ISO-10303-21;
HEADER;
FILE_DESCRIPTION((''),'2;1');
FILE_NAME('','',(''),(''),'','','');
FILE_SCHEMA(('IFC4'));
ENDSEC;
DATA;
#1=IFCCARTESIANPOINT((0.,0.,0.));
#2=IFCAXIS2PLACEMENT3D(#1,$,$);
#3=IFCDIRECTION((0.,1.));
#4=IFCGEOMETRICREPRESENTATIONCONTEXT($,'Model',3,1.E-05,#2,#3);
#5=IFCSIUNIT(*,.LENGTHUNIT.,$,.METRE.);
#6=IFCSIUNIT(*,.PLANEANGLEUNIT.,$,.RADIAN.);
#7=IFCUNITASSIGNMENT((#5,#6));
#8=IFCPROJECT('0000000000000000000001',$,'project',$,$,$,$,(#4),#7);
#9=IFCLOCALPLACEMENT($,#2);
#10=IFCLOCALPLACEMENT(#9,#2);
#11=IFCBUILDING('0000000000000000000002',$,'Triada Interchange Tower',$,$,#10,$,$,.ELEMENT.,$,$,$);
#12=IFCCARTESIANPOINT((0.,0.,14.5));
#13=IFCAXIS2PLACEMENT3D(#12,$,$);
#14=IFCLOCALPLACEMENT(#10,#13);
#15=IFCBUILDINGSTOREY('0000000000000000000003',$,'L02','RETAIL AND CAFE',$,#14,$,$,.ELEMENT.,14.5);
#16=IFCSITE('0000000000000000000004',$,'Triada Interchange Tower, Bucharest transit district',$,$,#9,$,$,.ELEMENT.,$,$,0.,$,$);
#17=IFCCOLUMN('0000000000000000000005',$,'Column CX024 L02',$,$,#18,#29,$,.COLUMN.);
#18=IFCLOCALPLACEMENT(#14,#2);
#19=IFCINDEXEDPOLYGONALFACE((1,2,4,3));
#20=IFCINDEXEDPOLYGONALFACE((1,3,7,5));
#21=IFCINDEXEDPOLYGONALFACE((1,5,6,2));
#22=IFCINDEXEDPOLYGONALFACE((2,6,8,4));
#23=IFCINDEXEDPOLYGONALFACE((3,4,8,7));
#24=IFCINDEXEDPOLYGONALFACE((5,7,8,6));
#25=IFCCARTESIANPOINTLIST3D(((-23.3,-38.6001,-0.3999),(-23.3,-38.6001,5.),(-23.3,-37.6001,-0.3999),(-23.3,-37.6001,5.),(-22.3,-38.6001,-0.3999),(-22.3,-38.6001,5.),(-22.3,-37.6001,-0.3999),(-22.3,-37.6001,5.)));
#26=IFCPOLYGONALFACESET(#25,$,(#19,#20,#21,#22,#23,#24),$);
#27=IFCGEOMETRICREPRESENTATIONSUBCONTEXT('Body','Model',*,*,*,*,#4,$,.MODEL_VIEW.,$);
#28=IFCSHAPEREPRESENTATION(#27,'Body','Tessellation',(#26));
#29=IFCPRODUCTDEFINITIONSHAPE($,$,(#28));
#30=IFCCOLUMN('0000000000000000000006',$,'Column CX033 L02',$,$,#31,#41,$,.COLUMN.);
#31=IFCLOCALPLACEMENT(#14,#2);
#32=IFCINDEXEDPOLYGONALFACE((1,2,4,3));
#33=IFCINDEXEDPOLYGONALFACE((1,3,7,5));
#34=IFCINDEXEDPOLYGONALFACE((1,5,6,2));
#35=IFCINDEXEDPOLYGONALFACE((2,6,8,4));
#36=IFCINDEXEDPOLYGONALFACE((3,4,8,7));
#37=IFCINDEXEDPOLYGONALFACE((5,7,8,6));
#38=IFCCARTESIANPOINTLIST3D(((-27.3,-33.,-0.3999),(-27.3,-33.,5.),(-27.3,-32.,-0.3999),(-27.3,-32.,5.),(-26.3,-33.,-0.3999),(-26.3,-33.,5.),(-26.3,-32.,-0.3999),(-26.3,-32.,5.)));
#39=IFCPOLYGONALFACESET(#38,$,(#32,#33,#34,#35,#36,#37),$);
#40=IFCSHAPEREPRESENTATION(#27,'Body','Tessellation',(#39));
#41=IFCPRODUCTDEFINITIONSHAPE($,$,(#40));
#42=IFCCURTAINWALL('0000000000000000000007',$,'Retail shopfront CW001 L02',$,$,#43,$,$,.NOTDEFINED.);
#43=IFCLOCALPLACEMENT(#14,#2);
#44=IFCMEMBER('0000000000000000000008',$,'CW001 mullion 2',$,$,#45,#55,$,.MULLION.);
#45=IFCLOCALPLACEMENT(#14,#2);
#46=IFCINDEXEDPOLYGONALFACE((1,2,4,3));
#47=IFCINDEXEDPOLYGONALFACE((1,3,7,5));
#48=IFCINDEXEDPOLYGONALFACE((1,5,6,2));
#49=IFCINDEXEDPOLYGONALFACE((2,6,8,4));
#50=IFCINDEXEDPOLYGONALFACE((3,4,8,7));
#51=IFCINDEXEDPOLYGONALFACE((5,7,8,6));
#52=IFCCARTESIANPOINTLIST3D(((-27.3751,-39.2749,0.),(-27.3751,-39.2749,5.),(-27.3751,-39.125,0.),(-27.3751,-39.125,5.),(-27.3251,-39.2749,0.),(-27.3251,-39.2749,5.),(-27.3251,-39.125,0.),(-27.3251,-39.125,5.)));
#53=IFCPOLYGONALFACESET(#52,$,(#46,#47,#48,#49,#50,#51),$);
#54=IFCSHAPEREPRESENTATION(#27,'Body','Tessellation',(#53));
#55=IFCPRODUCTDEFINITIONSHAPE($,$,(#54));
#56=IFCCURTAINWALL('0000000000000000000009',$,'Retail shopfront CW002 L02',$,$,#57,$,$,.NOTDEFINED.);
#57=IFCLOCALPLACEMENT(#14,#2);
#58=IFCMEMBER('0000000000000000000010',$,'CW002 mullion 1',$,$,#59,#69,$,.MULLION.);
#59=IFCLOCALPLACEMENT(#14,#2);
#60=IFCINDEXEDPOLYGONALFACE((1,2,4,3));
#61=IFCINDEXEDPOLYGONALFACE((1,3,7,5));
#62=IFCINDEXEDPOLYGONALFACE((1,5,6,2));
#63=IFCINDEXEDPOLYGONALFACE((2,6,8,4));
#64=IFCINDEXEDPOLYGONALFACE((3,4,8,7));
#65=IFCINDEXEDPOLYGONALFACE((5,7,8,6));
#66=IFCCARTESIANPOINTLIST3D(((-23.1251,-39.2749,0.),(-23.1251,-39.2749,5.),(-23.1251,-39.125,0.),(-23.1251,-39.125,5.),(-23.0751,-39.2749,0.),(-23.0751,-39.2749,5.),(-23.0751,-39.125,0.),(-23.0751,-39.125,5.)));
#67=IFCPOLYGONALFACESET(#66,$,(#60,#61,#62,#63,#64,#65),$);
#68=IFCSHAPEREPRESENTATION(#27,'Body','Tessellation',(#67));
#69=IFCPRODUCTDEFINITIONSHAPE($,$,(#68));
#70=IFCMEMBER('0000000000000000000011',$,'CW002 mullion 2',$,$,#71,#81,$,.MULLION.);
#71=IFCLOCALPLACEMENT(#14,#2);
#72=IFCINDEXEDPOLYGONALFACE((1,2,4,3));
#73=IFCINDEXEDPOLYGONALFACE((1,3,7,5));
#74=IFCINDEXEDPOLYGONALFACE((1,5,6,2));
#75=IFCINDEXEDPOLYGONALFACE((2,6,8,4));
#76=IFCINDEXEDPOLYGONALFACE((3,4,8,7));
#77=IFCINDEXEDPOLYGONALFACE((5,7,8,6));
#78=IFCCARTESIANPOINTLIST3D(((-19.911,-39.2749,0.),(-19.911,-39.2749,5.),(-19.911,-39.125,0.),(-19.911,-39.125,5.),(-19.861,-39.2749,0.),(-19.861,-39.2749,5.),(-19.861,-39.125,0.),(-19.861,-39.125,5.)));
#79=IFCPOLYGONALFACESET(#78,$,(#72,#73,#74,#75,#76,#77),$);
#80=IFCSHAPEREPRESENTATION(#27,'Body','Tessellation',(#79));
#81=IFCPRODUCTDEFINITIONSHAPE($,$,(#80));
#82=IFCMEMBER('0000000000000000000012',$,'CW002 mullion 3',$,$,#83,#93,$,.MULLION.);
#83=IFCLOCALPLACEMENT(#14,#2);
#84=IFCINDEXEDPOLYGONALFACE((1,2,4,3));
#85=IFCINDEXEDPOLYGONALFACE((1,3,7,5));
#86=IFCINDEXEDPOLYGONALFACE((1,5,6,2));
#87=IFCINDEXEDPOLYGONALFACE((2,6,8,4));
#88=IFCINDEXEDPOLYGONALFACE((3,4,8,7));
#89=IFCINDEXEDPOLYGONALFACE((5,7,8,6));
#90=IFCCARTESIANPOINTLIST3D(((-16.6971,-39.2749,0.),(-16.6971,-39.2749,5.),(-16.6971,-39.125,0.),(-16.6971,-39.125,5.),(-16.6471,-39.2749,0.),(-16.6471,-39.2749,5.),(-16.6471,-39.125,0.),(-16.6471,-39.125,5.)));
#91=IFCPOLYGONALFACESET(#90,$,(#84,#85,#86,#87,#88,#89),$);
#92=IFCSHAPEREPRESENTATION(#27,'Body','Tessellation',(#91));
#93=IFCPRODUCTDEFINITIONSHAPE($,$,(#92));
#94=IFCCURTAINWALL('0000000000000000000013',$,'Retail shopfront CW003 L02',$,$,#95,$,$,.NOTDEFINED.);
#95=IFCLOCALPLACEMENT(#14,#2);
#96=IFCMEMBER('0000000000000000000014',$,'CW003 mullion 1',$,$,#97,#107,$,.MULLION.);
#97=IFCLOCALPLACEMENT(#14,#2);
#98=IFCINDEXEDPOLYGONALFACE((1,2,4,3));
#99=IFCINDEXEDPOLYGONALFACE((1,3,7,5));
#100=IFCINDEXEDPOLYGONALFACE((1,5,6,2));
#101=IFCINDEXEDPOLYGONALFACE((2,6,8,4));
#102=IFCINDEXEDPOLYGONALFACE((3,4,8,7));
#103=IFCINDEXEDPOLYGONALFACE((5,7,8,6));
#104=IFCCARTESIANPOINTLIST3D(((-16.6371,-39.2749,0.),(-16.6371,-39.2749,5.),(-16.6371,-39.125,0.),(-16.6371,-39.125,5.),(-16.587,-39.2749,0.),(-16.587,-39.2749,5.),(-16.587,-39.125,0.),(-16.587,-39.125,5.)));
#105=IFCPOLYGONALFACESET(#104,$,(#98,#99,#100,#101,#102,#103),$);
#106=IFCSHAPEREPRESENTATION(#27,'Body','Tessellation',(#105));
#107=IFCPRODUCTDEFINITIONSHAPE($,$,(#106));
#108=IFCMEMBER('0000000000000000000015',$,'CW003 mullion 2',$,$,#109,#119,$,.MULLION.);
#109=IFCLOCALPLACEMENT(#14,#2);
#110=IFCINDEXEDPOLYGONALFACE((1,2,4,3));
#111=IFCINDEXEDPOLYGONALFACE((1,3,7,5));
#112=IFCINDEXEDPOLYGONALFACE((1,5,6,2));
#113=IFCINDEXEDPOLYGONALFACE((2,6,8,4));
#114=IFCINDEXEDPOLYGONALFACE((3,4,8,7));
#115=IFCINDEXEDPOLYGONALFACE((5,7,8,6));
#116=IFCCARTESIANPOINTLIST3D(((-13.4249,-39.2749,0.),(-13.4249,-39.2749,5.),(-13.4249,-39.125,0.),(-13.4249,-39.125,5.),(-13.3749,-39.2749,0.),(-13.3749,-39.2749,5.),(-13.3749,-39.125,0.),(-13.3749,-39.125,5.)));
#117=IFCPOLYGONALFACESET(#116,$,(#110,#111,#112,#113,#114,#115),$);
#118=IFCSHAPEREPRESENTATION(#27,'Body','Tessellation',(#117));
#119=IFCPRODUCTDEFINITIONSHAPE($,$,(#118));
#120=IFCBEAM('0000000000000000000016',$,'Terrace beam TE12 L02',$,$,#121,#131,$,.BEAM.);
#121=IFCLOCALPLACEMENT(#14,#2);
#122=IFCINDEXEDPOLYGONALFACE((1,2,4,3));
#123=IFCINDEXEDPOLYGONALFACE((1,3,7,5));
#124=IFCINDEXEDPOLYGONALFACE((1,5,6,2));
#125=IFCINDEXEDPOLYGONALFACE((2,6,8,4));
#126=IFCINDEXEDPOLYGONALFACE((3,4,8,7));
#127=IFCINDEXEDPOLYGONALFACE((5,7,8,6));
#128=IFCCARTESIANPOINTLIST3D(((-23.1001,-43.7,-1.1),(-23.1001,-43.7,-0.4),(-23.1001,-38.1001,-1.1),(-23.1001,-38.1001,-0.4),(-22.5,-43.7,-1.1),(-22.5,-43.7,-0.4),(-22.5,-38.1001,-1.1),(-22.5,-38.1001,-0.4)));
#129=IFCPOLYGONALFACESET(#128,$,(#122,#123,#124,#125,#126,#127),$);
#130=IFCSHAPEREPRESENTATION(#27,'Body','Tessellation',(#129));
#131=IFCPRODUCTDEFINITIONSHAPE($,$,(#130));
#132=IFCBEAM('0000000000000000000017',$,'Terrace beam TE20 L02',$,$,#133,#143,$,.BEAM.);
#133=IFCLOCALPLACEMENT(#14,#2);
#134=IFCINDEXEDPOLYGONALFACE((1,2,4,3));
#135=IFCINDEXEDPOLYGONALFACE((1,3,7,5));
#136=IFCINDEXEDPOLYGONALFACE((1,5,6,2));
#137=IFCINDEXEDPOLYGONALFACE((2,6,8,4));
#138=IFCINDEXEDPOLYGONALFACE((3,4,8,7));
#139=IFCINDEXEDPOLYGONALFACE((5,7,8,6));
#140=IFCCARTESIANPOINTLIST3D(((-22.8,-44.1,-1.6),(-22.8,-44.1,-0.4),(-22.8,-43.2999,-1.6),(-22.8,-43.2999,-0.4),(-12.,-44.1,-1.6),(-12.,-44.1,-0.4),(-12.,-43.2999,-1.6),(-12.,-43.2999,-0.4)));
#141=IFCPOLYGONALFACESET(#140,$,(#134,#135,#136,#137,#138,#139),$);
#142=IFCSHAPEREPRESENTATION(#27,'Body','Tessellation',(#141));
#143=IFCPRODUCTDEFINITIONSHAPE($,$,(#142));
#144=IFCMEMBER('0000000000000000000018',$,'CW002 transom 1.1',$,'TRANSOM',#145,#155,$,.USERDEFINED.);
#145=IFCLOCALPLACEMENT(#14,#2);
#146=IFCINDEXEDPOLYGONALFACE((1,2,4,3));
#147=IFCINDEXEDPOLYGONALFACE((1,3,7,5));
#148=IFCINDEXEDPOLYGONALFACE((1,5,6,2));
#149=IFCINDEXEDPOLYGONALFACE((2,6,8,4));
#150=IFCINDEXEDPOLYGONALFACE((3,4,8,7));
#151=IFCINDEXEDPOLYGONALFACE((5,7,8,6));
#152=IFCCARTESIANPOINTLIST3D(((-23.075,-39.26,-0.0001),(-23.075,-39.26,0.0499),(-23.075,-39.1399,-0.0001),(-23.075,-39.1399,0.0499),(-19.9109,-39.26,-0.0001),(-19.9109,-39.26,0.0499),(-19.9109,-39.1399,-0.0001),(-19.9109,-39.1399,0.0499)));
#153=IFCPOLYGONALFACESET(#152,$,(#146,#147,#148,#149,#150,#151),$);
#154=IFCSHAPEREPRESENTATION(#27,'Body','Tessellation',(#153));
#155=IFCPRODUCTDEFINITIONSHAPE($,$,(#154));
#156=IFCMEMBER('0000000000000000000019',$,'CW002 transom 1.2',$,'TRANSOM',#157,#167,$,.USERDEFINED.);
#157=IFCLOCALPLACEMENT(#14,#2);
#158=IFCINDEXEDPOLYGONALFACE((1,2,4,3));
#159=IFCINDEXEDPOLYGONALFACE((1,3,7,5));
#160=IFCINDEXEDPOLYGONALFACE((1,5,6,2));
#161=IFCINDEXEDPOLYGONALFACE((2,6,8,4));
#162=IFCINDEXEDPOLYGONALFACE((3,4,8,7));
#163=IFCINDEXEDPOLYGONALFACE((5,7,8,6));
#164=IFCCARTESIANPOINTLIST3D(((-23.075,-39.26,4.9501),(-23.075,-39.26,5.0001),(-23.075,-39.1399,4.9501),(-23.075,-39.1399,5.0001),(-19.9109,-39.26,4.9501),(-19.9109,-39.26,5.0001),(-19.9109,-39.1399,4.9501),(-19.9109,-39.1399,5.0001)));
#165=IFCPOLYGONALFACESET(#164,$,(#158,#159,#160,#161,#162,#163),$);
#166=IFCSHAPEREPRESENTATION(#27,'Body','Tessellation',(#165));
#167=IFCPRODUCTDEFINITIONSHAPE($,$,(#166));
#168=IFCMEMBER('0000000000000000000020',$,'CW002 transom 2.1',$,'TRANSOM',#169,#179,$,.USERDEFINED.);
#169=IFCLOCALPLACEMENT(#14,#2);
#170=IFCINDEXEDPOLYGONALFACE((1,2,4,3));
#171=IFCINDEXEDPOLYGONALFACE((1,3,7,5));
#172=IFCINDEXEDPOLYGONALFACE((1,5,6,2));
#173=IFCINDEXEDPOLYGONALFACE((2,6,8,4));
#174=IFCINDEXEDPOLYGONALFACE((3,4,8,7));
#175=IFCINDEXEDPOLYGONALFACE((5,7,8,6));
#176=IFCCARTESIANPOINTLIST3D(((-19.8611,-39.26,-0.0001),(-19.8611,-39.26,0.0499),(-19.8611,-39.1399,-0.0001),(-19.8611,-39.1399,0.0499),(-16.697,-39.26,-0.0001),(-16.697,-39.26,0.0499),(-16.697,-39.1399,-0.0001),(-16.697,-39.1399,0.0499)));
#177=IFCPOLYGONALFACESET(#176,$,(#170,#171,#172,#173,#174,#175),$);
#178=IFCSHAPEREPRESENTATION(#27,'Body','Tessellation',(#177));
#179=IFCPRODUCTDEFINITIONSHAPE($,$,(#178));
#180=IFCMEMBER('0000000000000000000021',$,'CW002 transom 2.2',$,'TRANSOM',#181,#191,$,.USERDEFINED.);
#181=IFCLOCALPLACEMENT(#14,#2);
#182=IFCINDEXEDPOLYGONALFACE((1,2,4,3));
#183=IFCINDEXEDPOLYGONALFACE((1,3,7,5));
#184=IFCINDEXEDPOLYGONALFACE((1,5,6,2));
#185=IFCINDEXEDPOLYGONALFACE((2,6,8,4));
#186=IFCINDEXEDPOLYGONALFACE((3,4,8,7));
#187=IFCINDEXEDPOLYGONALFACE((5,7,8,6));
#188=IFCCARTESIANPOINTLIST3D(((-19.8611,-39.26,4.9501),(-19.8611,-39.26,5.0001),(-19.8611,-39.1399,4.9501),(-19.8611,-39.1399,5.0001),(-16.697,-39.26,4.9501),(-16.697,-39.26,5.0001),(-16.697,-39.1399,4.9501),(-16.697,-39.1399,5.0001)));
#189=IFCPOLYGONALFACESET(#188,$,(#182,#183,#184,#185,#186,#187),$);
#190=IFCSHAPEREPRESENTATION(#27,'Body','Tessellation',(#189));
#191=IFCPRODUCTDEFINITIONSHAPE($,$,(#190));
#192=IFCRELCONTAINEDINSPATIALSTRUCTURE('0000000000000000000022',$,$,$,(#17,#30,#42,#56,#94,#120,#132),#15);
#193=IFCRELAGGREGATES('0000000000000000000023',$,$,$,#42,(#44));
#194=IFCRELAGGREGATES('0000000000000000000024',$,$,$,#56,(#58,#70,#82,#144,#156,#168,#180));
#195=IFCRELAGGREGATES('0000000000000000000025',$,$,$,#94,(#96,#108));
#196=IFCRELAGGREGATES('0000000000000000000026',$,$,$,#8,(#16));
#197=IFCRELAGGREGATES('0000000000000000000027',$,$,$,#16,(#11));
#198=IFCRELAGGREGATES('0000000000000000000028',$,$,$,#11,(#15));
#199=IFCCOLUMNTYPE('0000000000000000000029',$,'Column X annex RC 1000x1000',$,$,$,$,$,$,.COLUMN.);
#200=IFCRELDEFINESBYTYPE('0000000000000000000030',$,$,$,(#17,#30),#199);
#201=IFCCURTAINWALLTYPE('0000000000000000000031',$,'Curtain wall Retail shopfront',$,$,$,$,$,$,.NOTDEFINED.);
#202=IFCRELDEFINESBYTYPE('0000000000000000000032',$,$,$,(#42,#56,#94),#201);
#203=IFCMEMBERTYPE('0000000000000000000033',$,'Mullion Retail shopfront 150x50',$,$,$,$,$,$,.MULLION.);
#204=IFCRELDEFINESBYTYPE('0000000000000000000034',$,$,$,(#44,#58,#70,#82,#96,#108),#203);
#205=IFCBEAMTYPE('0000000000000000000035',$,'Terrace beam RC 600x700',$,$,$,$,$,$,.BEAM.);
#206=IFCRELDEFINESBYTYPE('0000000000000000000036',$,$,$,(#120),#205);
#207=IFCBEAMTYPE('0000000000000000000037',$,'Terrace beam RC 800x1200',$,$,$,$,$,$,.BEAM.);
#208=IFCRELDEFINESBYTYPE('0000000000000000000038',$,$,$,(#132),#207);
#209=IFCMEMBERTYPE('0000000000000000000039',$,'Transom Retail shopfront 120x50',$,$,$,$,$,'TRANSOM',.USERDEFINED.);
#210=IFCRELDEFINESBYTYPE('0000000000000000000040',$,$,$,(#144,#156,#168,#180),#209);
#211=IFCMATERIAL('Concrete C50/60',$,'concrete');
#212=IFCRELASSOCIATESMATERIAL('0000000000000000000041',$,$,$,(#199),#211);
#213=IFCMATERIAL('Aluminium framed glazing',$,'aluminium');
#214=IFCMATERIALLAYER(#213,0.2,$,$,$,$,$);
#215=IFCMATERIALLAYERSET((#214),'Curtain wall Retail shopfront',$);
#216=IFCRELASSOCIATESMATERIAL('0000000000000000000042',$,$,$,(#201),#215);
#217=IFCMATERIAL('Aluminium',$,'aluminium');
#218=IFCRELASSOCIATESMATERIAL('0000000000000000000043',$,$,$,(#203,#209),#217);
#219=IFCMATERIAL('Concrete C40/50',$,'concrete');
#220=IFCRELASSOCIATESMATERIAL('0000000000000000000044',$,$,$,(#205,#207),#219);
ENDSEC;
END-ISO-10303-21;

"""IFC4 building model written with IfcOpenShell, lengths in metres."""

from ifc_helpers import new_model, si_unit, direction, frame, origin, origin_2d, place, context, subcontext, project, spatial, rectangle, extrude, material, layer, layer_set, material_profile, profile_set, type_object, element, aggregate, save


model = new_model("IFC4")

# Units and contexts
model_context = context("Model", 3, precision=1e-05, world=origin(), true_north=direction((0.0, 1.0)))
body_context = subcontext(model_context, "Body", "Model", "MODEL_VIEW")
ifc_project = project(units=[si_unit("LENGTHUNIT", "METRE"), si_unit("PLANEANGLEUNIT", "RADIAN")], contexts=[model_context])

# Site, building, storey
site_placement = place(None, origin())
site = spatial("IfcSite", under=ifc_project, at=site_placement, Name="Triada Interchange Tower, Bucharest transit district", CompositionType="ELEMENT", RefElevation=0.0)
building_placement = place(site_placement, origin())
building = spatial("IfcBuilding", under=site, at=building_placement, Name="Triada Interchange Tower", CompositionType="ELEMENT")
storey_placement = place(building_placement, frame((0.0, 0.0, 14.5)))
storey = spatial("IfcBuildingStorey", under=building, at=storey_placement, Name="L02", Description="RETAIL AND CAFE", CompositionType="ELEMENT", Elevation=14.5)

# Columns
ifc_material_1 = material(Name="Concrete C50/60", Category="concrete")
ifc_material_profile_1 = material_profile(ifc_material_1, rectangle(XDim=1.0, YDim=1.0, at=origin_2d()), Name="RC 1000x1000")
ifc_profile_set_1 = profile_set([ifc_material_profile_1], Name="Concrete C50/60")
column_type = type_object("IfcColumnType", Name="Column X annex RC 1000x1000", PredefinedType="COLUMN", material=ifc_profile_set_1)
for number, where, z_axis, x_axis, name in (
    (1, (-22.8, -38.1001, -0.3999), (0.0, 0.0, 1.0), (1.0, 0.0, 0.0), "Column CX024 L02"),
    (2, (-26.8, -32.5, -0.3999), (0.0, 0.0, 1.0), (1.0, 0.0, 0.0), "Column CX033 L02"),
):
    element("IfcColumn", number, at=place(storey_placement, frame(where, z_axis=z_axis, x_axis=x_axis)), inside=storey, type_object=column_type, Name=name, PredefinedType="COLUMN", context=body_context, shape_type="SweptSolid", body=[
        extrude(rectangle(XDim=1.0, YDim=1.0, at=origin_2d()), origin(), (0.0, 0.0, 1.0), 5.3999),
    ])

# Curtain wall, member
ifc_material_2 = material(Name="Aluminium framed glazing", Category="aluminium")
ifc_layer_1 = layer(ifc_material_2, 0.2)
ifc_layer_set_1 = layer_set([ifc_layer_1], Name="Curtain wall Retail shopfront")
curtain_wall_type = type_object("IfcCurtainWallType", Name="Curtain wall Retail shopfront", PredefinedType="NOTDEFINED", material=ifc_layer_set_1)
curtain_wall_1_placement = place(storey_placement, origin())
curtain_wall_1 = element("IfcCurtainWall", 3, at=curtain_wall_1_placement, inside=storey, type_object=curtain_wall_type, Name="Retail shopfront CW001 L02", PredefinedType="NOTDEFINED")
ifc_material_3 = material(Name="Aluminium", Category="aluminium")
ifc_material_profile_2 = material_profile(ifc_material_3, rectangle(XDim=0.1499, YDim=0.05, at=origin_2d()), Name="Aluminium mullion")
ifc_profile_set_2 = profile_set([ifc_material_profile_2], Name="Aluminium")
member_type_1 = type_object("IfcMemberType", Name="Mullion Retail shopfront 150x50", PredefinedType="MULLION", material=ifc_profile_set_2)
member_1_placement = place(storey_placement, frame((-27.3501, -39.2, 0.0), z_axis=(0.0, 0.0, 1.0), x_axis=(0.0, 1.0, 0.0)))
member_1 = element("IfcMember", 4, at=member_1_placement, type_object=member_type_1, Name="CW001 mullion 2", PredefinedType="MULLION", context=body_context, shape_type="SweptSolid", body=[
    extrude(rectangle(XDim=0.1499, YDim=0.05, at=origin_2d()), origin(), (0.0, 0.0, 1.0), 5.0),
])

# Curtain walls, members
curtain_wall_2_placement = place(storey_placement, origin())
curtain_wall_2 = element("IfcCurtainWall", 5, at=curtain_wall_2_placement, inside=storey, type_object=curtain_wall_type, Name="Retail shopfront CW002 L02", PredefinedType="NOTDEFINED")
member_2_placement = place(storey_placement, frame((-23.1001, -39.2, 0.0), z_axis=(0.0, 0.0, 1.0), x_axis=(0.0, 1.0, 0.0)))
member_2 = element("IfcMember", 6, at=member_2_placement, type_object=member_type_1, Name="CW002 mullion 1", PredefinedType="MULLION", context=body_context, shape_type="SweptSolid", body=[
    extrude(rectangle(XDim=0.1499, YDim=0.05, at=origin_2d()), origin(), (0.0, 0.0, 1.0), 5.0),
])
member_3_placement = place(storey_placement, frame((-19.886, -39.2, 0.0), z_axis=(0.0, 0.0, 1.0), x_axis=(0.0, 1.0, 0.0)))
member_3 = element("IfcMember", 7, at=member_3_placement, type_object=member_type_1, Name="CW002 mullion 2", PredefinedType="MULLION", context=body_context, shape_type="SweptSolid", body=[
    extrude(rectangle(XDim=0.1499, YDim=0.05, at=origin_2d()), origin(), (0.0, 0.0, 1.0), 5.0),
])
member_4_placement = place(storey_placement, frame((-16.6721, -39.2, 0.0), z_axis=(0.0, 0.0, 1.0), x_axis=(0.0, 1.0, 0.0)))
member_4 = element("IfcMember", 8, at=member_4_placement, type_object=member_type_1, Name="CW002 mullion 3", PredefinedType="MULLION", context=body_context, shape_type="SweptSolid", body=[
    extrude(rectangle(XDim=0.1499, YDim=0.05, at=origin_2d()), origin(), (0.0, 0.0, 1.0), 5.0),
])
curtain_wall_3_placement = place(storey_placement, origin())
curtain_wall_3 = element("IfcCurtainWall", 9, at=curtain_wall_3_placement, inside=storey, type_object=curtain_wall_type, Name="Retail shopfront CW003 L02", PredefinedType="NOTDEFINED")
member_5_placement = place(storey_placement, frame((-16.6121, -39.2, 0.0), z_axis=(0.0, 0.0, 1.0), x_axis=(0.0, 1.0, 0.0)))
member_5 = element("IfcMember", 10, at=member_5_placement, type_object=member_type_1, Name="CW003 mullion 1", PredefinedType="MULLION", context=body_context, shape_type="SweptSolid", body=[
    extrude(rectangle(XDim=0.1499, YDim=0.05, at=origin_2d()), origin(), (0.0, 0.0, 1.0), 5.0),
])
member_6_placement = place(storey_placement, frame((-13.3999, -39.2, 0.0), z_axis=(0.0, 0.0, 1.0), x_axis=(0.0, 1.0, 0.0)))
member_6 = element("IfcMember", 11, at=member_6_placement, type_object=member_type_1, Name="CW003 mullion 2", PredefinedType="MULLION", context=body_context, shape_type="SweptSolid", body=[
    extrude(rectangle(XDim=0.1499, YDim=0.05, at=origin_2d()), origin(), (0.0, 0.0, 1.0), 5.0),
])

# Beams
ifc_material_4 = material(Name="Concrete C40/50", Category="concrete")
ifc_material_profile_3 = material_profile(ifc_material_4, rectangle(XDim=0.6001, YDim=0.7, at=origin_2d()), Name="RC 600x700")
ifc_profile_set_3 = profile_set([ifc_material_profile_3], Name="Concrete C40/50")
beam_type_1 = type_object("IfcBeamType", Name="Terrace beam RC 600x700", PredefinedType="BEAM", material=ifc_profile_set_3)
beam_1_placement = place(storey_placement, frame((-22.8, -43.7, -0.75), z_axis=(0.0, 1.0, 0.0), x_axis=(-1.0, 0.0, 0.0)))
element("IfcBeam", 12, at=beam_1_placement, inside=storey, type_object=beam_type_1, Name="Terrace beam TE12 L02", PredefinedType="BEAM", context=body_context, shape_type="SweptSolid", body=[
    extrude(rectangle(XDim=0.6001, YDim=0.7, at=origin_2d()), origin(), (0.0, 0.0, 1.0), 5.5999),
])
ifc_material_profile_4 = material_profile(ifc_material_4, rectangle(XDim=0.8, YDim=1.2, at=origin_2d()), Name="RC 800x1200")
ifc_profile_set_4 = profile_set([ifc_material_profile_4], Name="Concrete C40/50")
beam_type_2 = type_object("IfcBeamType", Name="Terrace beam RC 800x1200", PredefinedType="BEAM", material=ifc_profile_set_4)
beam_2_placement = place(storey_placement, frame((-22.8, -43.7, -1.0), z_axis=(1.0, 0.0, 0.0), x_axis=(0.0, 1.0, 0.0)))
element("IfcBeam", 13, at=beam_2_placement, inside=storey, type_object=beam_type_2, Name="Terrace beam TE20 L02", PredefinedType="BEAM", context=body_context, shape_type="SweptSolid", body=[
    extrude(rectangle(XDim=0.8, YDim=1.2, at=origin_2d()), origin(), (0.0, 0.0, 1.0), 10.8),
])

# Members
ifc_material_profile_5 = material_profile(ifc_material_3, rectangle(XDim=0.1201, YDim=0.05, at=origin_2d()), Name="Aluminium transom")
ifc_profile_set_5 = profile_set([ifc_material_profile_5], Name="Aluminium")
member_type_2 = type_object("IfcMemberType", Name="Transom Retail shopfront 120x50", ElementType="TRANSOM", PredefinedType="USERDEFINED", material=ifc_profile_set_5)
member_7_placement = place(storey_placement, frame((-23.075, -39.2, 0.0249), z_axis=(1.0, 0.0, 0.0), x_axis=(0.0, 1.0, 0.0)))
member_7 = element("IfcMember", 14, at=member_7_placement, type_object=member_type_2, Name="CW002 transom 1.1", ObjectType="TRANSOM", PredefinedType="USERDEFINED", context=body_context, shape_type="SweptSolid", body=[
    extrude(rectangle(XDim=0.1201, YDim=0.05, at=origin_2d()), origin(), (0.0, 0.0, 1.0), 3.1641),
])
member_8_placement = place(storey_placement, frame((-23.075, -39.2, 4.9751), z_axis=(1.0, 0.0, 0.0), x_axis=(0.0, 1.0, 0.0)))
member_8 = element("IfcMember", 15, at=member_8_placement, type_object=member_type_2, Name="CW002 transom 1.2", ObjectType="TRANSOM", PredefinedType="USERDEFINED", context=body_context, shape_type="SweptSolid", body=[
    extrude(rectangle(XDim=0.1201, YDim=0.05, at=origin_2d()), origin(), (0.0, 0.0, 1.0), 3.1641),
])
member_9_placement = place(storey_placement, frame((-19.8611, -39.2, 0.0249), z_axis=(1.0, 0.0, 0.0), x_axis=(0.0, 1.0, 0.0)))
member_9 = element("IfcMember", 16, at=member_9_placement, type_object=member_type_2, Name="CW002 transom 2.1", ObjectType="TRANSOM", PredefinedType="USERDEFINED", context=body_context, shape_type="SweptSolid", body=[
    extrude(rectangle(XDim=0.1201, YDim=0.05, at=origin_2d()), origin(), (0.0, 0.0, 1.0), 3.1641),
])
member_10_placement = place(storey_placement, frame((-19.8611, -39.2, 4.9751), z_axis=(1.0, 0.0, 0.0), x_axis=(0.0, 1.0, 0.0)))
member_10 = element("IfcMember", 17, at=member_10_placement, type_object=member_type_2, Name="CW002 transom 2.2", ObjectType="TRANSOM", PredefinedType="USERDEFINED", context=body_context, shape_type="SweptSolid", body=[
    extrude(rectangle(XDim=0.1201, YDim=0.05, at=origin_2d()), origin(), (0.0, 0.0, 1.0), 3.1641),
])

aggregate(curtain_wall_1, [member_1])
aggregate(curtain_wall_2, [member_2, member_3, member_4, member_7, member_8, member_9, member_10])
aggregate(curtain_wall_3, [member_5, member_6])

save(model, "model.ifc")
